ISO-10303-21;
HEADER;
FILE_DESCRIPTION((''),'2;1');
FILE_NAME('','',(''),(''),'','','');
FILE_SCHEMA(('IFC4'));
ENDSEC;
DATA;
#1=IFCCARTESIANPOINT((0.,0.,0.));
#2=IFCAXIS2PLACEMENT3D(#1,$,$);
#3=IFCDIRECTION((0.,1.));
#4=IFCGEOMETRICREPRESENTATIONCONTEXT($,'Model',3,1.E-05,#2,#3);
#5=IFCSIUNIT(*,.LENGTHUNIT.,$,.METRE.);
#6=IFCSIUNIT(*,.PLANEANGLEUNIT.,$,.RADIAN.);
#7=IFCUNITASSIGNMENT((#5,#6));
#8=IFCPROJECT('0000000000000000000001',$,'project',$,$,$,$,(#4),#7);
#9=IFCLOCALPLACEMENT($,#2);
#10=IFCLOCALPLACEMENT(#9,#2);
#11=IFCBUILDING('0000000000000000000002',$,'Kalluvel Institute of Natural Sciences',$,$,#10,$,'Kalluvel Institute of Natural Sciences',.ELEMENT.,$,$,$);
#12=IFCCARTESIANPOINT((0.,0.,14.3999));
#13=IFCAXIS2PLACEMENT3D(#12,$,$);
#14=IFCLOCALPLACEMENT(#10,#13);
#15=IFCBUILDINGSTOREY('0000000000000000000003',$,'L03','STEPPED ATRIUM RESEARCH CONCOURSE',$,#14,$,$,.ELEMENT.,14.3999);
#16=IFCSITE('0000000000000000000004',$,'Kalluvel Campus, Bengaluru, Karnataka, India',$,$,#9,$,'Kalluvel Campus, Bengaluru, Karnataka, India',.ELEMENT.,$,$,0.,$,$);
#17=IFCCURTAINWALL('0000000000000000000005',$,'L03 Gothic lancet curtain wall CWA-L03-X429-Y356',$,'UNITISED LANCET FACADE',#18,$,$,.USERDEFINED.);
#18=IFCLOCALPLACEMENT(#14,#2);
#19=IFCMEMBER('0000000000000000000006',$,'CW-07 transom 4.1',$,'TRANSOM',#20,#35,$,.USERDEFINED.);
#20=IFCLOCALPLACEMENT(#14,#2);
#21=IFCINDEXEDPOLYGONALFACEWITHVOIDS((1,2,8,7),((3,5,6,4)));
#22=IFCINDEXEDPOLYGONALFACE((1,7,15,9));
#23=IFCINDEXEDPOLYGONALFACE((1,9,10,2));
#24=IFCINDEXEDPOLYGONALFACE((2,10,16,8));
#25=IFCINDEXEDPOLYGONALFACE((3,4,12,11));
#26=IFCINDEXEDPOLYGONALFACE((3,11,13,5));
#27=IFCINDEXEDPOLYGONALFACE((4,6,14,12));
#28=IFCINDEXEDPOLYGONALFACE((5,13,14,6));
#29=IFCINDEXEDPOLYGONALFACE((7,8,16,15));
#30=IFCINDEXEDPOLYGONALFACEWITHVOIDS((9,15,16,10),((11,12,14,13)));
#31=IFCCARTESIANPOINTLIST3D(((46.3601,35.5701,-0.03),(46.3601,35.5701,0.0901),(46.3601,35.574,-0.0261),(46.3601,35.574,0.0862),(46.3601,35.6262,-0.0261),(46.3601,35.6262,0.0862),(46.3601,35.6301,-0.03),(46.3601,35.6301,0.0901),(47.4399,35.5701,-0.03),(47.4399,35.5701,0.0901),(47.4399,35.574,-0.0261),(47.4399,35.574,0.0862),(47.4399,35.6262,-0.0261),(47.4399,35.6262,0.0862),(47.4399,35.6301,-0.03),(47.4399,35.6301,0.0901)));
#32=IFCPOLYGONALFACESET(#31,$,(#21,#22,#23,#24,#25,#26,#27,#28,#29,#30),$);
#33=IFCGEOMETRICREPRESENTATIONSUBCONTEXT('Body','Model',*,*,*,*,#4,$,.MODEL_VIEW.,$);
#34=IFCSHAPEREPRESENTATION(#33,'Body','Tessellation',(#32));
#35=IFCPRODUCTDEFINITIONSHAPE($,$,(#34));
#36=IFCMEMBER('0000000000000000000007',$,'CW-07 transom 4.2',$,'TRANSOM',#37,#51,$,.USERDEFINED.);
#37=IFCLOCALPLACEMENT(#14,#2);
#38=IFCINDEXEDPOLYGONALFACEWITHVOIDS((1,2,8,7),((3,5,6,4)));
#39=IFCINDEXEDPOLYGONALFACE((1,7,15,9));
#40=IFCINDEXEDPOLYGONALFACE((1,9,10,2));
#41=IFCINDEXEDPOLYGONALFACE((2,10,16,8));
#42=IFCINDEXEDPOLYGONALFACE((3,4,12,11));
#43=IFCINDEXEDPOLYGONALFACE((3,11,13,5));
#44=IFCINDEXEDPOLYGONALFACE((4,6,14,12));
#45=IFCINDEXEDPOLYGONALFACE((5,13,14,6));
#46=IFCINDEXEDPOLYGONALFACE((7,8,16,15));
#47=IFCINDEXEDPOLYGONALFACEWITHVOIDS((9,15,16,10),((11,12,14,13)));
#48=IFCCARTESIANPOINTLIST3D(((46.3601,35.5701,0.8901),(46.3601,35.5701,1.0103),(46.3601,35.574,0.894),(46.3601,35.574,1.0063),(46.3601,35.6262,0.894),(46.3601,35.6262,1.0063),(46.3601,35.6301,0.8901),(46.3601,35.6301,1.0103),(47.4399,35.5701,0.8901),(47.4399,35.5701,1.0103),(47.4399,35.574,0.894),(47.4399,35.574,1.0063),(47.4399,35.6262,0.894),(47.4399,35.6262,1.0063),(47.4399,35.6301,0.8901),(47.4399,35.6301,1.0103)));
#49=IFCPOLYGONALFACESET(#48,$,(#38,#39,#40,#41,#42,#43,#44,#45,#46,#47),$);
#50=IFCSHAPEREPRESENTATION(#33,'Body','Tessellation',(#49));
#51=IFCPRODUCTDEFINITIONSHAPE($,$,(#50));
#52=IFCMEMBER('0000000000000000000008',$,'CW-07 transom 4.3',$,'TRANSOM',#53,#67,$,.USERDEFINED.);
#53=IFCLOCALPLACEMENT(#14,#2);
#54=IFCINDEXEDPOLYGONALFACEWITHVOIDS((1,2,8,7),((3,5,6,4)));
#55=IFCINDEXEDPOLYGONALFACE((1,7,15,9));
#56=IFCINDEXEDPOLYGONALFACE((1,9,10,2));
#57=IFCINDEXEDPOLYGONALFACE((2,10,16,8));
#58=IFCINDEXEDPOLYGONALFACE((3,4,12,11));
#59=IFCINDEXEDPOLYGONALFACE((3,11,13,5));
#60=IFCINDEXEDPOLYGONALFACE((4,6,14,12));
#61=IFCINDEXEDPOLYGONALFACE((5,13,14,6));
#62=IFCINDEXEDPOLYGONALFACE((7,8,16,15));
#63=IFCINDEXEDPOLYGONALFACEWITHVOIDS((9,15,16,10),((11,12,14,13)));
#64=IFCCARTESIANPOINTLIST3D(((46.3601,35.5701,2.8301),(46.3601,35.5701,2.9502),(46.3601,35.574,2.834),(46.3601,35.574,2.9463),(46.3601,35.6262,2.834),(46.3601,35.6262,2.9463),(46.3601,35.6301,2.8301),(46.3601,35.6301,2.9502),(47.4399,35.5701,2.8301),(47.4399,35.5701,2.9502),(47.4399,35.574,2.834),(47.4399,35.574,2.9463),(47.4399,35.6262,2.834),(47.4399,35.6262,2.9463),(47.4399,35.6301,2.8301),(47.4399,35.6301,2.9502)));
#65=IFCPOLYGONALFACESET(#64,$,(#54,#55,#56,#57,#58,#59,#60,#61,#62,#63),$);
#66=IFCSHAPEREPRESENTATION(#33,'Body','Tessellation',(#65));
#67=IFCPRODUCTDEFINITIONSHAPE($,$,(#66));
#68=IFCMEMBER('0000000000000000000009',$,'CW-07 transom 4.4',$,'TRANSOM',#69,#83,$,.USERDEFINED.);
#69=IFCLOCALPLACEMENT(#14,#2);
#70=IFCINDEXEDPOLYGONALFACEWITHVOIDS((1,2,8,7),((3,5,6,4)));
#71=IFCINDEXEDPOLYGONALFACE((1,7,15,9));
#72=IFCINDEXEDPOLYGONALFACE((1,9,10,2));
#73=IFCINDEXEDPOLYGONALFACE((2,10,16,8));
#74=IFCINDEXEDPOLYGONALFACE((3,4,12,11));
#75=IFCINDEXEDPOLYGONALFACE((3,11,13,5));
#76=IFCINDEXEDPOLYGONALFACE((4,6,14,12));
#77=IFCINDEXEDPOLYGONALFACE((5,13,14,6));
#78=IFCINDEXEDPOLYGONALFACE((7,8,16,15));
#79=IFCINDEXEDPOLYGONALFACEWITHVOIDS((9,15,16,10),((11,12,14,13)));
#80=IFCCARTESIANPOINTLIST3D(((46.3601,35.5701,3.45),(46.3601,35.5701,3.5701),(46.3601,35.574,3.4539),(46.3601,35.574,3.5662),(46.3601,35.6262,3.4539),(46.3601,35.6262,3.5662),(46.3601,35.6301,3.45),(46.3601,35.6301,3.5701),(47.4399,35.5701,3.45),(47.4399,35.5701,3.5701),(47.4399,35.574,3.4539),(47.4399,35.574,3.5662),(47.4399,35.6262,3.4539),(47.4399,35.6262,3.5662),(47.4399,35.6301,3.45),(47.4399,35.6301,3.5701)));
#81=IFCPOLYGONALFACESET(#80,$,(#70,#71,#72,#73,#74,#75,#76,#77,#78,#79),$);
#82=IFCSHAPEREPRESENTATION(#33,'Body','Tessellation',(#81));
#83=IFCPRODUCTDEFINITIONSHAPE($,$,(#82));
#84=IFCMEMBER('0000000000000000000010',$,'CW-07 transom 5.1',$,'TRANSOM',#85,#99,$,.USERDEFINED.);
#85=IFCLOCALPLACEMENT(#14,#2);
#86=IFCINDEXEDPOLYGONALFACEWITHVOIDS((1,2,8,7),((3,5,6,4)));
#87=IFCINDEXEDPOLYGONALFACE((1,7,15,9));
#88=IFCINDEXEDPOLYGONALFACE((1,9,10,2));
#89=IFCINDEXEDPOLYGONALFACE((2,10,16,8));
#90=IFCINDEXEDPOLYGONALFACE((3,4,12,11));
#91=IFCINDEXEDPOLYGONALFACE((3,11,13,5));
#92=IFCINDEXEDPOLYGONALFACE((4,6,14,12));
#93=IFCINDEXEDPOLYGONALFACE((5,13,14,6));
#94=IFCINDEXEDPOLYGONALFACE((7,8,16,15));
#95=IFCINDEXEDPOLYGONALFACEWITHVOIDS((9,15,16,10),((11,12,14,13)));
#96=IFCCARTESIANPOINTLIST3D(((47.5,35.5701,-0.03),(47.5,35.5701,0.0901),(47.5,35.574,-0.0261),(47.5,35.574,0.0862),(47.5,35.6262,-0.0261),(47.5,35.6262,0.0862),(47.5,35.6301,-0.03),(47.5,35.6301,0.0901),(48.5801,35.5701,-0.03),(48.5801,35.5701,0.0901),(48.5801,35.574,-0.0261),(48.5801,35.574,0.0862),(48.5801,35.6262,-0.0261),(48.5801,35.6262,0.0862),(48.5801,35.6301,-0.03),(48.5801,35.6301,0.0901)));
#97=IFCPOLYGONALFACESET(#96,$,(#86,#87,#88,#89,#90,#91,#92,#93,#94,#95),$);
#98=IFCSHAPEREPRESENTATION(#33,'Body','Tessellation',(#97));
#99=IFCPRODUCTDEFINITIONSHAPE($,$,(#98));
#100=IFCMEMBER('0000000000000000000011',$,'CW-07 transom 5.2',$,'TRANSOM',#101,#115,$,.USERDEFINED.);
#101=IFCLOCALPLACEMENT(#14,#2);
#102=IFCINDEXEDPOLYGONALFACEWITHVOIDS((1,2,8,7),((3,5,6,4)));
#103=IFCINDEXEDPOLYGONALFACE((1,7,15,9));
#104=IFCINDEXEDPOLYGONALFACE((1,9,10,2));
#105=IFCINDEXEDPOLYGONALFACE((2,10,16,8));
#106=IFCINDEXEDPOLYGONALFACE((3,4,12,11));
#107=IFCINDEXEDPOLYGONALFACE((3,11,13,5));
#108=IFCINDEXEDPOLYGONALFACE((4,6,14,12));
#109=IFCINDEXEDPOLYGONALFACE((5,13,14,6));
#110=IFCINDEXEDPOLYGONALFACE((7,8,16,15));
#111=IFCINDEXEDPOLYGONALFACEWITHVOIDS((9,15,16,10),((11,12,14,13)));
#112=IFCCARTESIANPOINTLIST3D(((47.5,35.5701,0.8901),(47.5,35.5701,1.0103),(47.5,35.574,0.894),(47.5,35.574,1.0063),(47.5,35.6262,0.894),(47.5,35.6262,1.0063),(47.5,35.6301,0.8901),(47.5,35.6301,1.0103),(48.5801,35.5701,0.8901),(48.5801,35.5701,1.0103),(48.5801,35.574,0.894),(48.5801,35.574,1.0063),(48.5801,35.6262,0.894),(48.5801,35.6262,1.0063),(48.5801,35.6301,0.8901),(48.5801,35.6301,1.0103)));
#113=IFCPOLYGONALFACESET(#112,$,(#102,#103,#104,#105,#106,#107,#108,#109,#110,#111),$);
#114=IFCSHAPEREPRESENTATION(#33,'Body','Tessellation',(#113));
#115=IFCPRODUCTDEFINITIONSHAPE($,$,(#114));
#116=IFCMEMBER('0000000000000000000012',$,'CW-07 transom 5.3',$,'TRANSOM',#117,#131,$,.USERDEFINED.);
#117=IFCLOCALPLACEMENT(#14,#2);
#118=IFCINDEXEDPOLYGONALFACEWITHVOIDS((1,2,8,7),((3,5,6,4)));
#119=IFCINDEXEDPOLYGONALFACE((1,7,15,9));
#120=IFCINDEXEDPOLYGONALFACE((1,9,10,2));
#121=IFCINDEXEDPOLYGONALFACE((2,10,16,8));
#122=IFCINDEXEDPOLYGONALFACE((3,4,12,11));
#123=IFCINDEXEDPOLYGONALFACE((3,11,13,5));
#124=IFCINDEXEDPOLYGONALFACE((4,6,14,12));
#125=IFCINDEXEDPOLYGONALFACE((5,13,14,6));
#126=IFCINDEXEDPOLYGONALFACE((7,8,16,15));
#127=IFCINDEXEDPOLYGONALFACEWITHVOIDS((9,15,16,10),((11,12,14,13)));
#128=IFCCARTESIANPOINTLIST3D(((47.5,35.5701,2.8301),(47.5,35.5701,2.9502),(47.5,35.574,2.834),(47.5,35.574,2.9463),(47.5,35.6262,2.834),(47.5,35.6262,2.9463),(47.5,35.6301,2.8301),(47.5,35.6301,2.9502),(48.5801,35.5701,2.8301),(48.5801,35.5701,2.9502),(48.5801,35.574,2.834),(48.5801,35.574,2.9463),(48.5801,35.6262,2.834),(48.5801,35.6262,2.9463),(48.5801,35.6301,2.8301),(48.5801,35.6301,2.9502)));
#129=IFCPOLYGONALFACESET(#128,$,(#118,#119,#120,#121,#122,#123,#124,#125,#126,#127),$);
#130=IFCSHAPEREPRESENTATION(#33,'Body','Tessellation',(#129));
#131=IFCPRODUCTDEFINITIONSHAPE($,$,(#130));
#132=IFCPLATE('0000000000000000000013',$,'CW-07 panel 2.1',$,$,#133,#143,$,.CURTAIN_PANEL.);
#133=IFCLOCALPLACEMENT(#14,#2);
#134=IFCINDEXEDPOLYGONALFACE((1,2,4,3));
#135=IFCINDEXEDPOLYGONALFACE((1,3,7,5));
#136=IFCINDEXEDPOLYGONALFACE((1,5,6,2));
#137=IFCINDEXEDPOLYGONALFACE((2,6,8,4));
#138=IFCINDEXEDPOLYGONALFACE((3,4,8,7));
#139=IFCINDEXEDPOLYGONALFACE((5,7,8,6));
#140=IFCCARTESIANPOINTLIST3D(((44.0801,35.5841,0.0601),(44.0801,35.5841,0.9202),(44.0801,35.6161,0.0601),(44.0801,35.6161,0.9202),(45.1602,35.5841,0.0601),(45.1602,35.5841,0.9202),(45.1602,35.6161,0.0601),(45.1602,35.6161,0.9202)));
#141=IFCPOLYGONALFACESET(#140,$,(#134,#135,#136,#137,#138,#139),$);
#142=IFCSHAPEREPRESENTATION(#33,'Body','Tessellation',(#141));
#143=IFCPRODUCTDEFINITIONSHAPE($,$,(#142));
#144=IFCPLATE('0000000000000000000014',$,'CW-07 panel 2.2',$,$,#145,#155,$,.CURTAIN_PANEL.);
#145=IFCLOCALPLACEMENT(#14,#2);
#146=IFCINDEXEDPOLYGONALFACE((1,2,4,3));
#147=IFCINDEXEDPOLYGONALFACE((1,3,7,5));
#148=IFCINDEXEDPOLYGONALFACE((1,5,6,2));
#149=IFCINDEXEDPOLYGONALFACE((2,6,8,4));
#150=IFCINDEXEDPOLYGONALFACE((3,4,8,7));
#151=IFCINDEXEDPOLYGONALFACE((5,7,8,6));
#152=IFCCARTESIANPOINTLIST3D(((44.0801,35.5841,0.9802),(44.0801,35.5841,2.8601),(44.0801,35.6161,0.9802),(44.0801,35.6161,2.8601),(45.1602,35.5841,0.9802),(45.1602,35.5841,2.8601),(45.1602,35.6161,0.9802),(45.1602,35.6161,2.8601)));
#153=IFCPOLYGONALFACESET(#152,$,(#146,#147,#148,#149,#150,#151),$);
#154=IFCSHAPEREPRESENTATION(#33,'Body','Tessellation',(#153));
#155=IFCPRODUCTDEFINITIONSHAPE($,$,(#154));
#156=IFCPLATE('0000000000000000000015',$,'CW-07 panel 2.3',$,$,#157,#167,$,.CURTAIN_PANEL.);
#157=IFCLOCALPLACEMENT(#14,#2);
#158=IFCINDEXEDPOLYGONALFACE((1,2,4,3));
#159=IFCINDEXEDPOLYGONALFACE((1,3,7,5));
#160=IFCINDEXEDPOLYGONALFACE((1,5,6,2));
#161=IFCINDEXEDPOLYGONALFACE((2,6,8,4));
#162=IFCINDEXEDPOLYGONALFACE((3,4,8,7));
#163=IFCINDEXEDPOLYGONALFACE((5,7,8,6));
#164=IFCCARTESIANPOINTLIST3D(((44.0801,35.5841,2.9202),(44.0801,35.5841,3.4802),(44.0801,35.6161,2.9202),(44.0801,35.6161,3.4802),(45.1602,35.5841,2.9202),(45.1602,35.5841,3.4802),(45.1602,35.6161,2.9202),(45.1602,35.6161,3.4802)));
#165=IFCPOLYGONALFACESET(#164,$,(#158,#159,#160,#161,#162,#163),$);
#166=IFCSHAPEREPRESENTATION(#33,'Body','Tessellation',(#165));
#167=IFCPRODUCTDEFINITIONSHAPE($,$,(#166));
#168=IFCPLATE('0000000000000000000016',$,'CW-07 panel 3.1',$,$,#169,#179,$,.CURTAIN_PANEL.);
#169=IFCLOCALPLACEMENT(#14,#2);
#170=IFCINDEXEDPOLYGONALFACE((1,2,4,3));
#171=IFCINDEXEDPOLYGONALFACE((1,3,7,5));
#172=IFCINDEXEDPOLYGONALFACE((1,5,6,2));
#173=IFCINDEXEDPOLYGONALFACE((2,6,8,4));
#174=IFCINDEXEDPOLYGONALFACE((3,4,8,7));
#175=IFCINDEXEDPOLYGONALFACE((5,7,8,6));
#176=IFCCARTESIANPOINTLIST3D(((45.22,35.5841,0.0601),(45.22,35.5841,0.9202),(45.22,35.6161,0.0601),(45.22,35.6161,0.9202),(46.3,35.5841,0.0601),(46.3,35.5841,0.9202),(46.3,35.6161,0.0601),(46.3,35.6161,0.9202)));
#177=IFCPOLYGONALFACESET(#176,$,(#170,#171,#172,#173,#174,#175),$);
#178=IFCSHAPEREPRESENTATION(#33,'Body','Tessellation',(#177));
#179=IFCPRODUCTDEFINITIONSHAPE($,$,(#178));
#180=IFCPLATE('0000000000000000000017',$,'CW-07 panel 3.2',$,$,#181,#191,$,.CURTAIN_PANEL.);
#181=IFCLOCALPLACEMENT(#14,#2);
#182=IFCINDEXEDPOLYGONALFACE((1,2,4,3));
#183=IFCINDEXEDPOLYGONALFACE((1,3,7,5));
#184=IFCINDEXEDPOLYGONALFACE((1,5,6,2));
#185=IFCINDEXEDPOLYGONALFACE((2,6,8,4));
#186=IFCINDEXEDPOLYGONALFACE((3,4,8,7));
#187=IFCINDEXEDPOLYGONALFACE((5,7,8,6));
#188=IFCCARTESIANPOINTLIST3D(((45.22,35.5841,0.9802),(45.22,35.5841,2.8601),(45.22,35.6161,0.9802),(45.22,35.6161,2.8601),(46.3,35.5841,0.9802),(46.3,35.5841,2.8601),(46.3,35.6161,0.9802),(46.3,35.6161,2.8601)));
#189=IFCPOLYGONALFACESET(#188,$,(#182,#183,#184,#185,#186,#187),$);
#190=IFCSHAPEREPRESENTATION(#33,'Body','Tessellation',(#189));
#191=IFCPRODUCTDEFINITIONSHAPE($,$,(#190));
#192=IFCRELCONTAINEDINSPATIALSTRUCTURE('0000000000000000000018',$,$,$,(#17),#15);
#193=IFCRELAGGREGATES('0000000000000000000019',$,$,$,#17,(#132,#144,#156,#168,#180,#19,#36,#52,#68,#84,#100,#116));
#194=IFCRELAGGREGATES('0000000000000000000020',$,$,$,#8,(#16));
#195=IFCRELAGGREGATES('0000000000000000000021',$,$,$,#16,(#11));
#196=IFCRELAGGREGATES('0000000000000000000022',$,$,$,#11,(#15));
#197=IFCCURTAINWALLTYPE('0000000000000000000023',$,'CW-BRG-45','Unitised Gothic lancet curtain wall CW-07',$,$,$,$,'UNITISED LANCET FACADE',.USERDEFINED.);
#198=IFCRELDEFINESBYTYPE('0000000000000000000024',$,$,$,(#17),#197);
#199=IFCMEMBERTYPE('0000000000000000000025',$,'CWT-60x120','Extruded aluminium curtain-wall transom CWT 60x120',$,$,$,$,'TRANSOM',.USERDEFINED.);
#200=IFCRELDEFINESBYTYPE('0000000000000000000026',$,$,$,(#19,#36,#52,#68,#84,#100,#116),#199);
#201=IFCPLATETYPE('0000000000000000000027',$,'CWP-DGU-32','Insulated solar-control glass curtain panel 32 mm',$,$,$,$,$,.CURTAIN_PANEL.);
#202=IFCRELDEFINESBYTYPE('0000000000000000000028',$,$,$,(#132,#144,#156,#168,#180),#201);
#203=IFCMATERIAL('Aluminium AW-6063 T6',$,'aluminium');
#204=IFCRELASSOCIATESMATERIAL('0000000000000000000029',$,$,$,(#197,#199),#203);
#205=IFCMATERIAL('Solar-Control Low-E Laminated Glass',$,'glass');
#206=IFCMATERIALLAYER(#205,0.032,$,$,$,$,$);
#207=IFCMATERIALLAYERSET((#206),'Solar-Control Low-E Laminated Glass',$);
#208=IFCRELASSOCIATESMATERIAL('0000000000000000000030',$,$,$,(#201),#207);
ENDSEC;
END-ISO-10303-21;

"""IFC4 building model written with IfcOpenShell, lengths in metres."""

from ifc_helpers import new_model, si_unit, direction, frame, origin, origin_2d, place, context, subcontext, project, spatial, rectangle, hollow_rectangle, extrude, material, layer, layer_set, material_profile, profile_set, type_object, element, aggregate, save


model = new_model("IFC4")

# Units and contexts
model_context = context("Model", 3, precision=1e-05, world=origin(), true_north=direction((0.0, 1.0)))
body_context = subcontext(model_context, "Body", "Model", "MODEL_VIEW")
ifc_project = project(units=[si_unit("LENGTHUNIT", "METRE"), si_unit("PLANEANGLEUNIT", "RADIAN")], contexts=[model_context])

# Site, building, storey
site_placement = place(None, origin())
site = spatial("IfcSite", under=ifc_project, at=site_placement, Name="Kalluvel Campus, Bengaluru, Karnataka, India", LongName="Kalluvel Campus, Bengaluru, Karnataka, India", CompositionType="ELEMENT", RefElevation=0.0)
building_placement = place(site_placement, origin())
building = spatial("IfcBuilding", under=site, at=building_placement, Name="Kalluvel Institute of Natural Sciences", LongName="Kalluvel Institute of Natural Sciences", CompositionType="ELEMENT")
storey_placement = place(building_placement, frame((0.0, 0.0, 14.3999)))
storey = spatial("IfcBuildingStorey", under=building, at=storey_placement, Name="L03", Description="STEPPED ATRIUM RESEARCH CONCOURSE", CompositionType="ELEMENT", Elevation=14.3999)

# Curtain wall, members, plates
ifc_material_1 = material(Name="Aluminium AW-6063 T6", Category="aluminium")
curtain_wall_type = type_object("IfcCurtainWallType", Name="CW-BRG-45", Description="Unitised Gothic lancet curtain wall CW-07", ElementType="UNITISED LANCET FACADE", PredefinedType="USERDEFINED", material=ifc_material_1)
curtain_wall_placement = place(storey_placement, origin())
curtain_wall = element("IfcCurtainWall", 1, at=curtain_wall_placement, inside=storey, type_object=curtain_wall_type, Name="L03 Gothic lancet curtain wall CWA-L03-X429-Y356", ObjectType="UNITISED LANCET FACADE", PredefinedType="USERDEFINED")
ifc_material_profile_1 = material_profile(ifc_material_1, hollow_rectangle(XDim=0.0601, YDim=0.1201, WallThickness=0.0039, at=origin_2d()), Name="CWT 60x120")
ifc_profile_set_1 = profile_set([ifc_material_profile_1], Name="Aluminium AW-6063 T6")
member_type_1 = type_object("IfcMemberType", Name="CWT-60x120", Description="Extruded aluminium curtain-wall transom CWT 60x120", ElementType="TRANSOM", PredefinedType="USERDEFINED", material=ifc_profile_set_1)
member_1_placement = place(storey_placement, frame((46.3601, 35.6001, 0.03), z_axis=(1.0, 0.0, 0.0), x_axis=(0.0, 1.0, 0.0)))
member_1 = element("IfcMember", 2, at=member_1_placement, type_object=member_type_1, Name="CW-07 transom 4.1", ObjectType="TRANSOM", PredefinedType="USERDEFINED", context=body_context, shape_type="SweptSolid", body=[
    extrude(hollow_rectangle(XDim=0.0601, YDim=0.1201, WallThickness=0.0039, at=origin_2d()), origin(), (0.0, 0.0, 1.0), 1.0798),
])
member_2_placement = place(storey_placement, frame((46.3601, 35.6001, 0.9502), z_axis=(1.0, 0.0, 0.0), x_axis=(0.0, 1.0, 0.0)))
member_2 = element("IfcMember", 3, at=member_2_placement, type_object=member_type_1, Name="CW-07 transom 4.2", ObjectType="TRANSOM", PredefinedType="USERDEFINED", context=body_context, shape_type="SweptSolid", body=[
    extrude(hollow_rectangle(XDim=0.0601, YDim=0.1201, WallThickness=0.0039, at=origin_2d()), origin(), (0.0, 0.0, 1.0), 1.0798),
])
member_3_placement = place(storey_placement, frame((46.3601, 35.6001, 2.8901), z_axis=(1.0, 0.0, 0.0), x_axis=(0.0, 1.0, 0.0)))
member_3 = element("IfcMember", 4, at=member_3_placement, type_object=member_type_1, Name="CW-07 transom 4.3", ObjectType="TRANSOM", PredefinedType="USERDEFINED", context=body_context, shape_type="SweptSolid", body=[
    extrude(hollow_rectangle(XDim=0.0601, YDim=0.1201, WallThickness=0.0039, at=origin_2d()), origin(), (0.0, 0.0, 1.0), 1.0798),
])
member_4_placement = place(storey_placement, frame((46.3601, 35.6001, 3.51), z_axis=(1.0, 0.0, 0.0), x_axis=(0.0, 1.0, 0.0)))
member_4 = element("IfcMember", 5, at=member_4_placement, type_object=member_type_1, Name="CW-07 transom 4.4", ObjectType="TRANSOM", PredefinedType="USERDEFINED", context=body_context, shape_type="SweptSolid", body=[
    extrude(hollow_rectangle(XDim=0.0601, YDim=0.1201, WallThickness=0.0039, at=origin_2d()), origin(), (0.0, 0.0, 1.0), 1.0798),
])
member_5_placement = place(storey_placement, frame((47.5, 35.6001, 0.03), z_axis=(1.0, 0.0, 0.0), x_axis=(0.0, 1.0, 0.0)))
member_5 = element("IfcMember", 6, at=member_5_placement, type_object=member_type_1, Name="CW-07 transom 5.1", ObjectType="TRANSOM", PredefinedType="USERDEFINED", context=body_context, shape_type="SweptSolid", body=[
    extrude(hollow_rectangle(XDim=0.0601, YDim=0.1201, WallThickness=0.0039, at=origin_2d()), origin(), (0.0, 0.0, 1.0), 1.0801),
])
member_6_placement = place(storey_placement, frame((47.5, 35.6001, 0.9502), z_axis=(1.0, 0.0, 0.0), x_axis=(0.0, 1.0, 0.0)))
member_6 = element("IfcMember", 7, at=member_6_placement, type_object=member_type_1, Name="CW-07 transom 5.2", ObjectType="TRANSOM", PredefinedType="USERDEFINED", context=body_context, shape_type="SweptSolid", body=[
    extrude(hollow_rectangle(XDim=0.0601, YDim=0.1201, WallThickness=0.0039, at=origin_2d()), origin(), (0.0, 0.0, 1.0), 1.0801),
])
member_7_placement = place(storey_placement, frame((47.5, 35.6001, 2.8901), z_axis=(1.0, 0.0, 0.0), x_axis=(0.0, 1.0, 0.0)))
member_7 = element("IfcMember", 8, at=member_7_placement, type_object=member_type_1, Name="CW-07 transom 5.3", ObjectType="TRANSOM", PredefinedType="USERDEFINED", context=body_context, shape_type="SweptSolid", body=[
    extrude(hollow_rectangle(XDim=0.0601, YDim=0.1201, WallThickness=0.0039, at=origin_2d()), origin(), (0.0, 0.0, 1.0), 1.0801),
])
ifc_material_2 = material(Name="Solar-Control Low-E Laminated Glass", Category="glass")
ifc_layer = layer(ifc_material_2, 0.032)
ifc_layer_set = layer_set([ifc_layer], Name="Solar-Control Low-E Laminated Glass")
plate_type = type_object("IfcPlateType", Name="CWP-DGU-32", Description="Insulated solar-control glass curtain panel 32 mm", PredefinedType="CURTAIN_PANEL", material=ifc_layer_set)
plate_1_placement = place(storey_placement, frame((44.6201, 35.6001, 0.0601), z_axis=(0.0, 0.0, 1.0), x_axis=(1.0, 0.0, 0.0)))
plate_1 = element("IfcPlate", 9, at=plate_1_placement, type_object=plate_type, Name="CW-07 panel 2.1", PredefinedType="CURTAIN_PANEL", context=body_context, shape_type="SweptSolid", body=[
    extrude(rectangle(XDim=1.0801, YDim=0.032, at=origin_2d()), origin(), (0.0, 0.0, 1.0), 0.8601),
])
plate_2_placement = place(storey_placement, frame((44.6201, 35.6001, 0.9802), z_axis=(0.0, 0.0, 1.0), x_axis=(1.0, 0.0, 0.0)))
plate_2 = element("IfcPlate", 10, at=plate_2_placement, type_object=plate_type, Name="CW-07 panel 2.2", PredefinedType="CURTAIN_PANEL", context=body_context, shape_type="SweptSolid", body=[
    extrude(rectangle(XDim=1.0801, YDim=0.032, at=origin_2d()), origin(), (0.0, 0.0, 1.0), 1.8799),
])
plate_3_placement = place(storey_placement, frame((44.6201, 35.6001, 2.9202), z_axis=(0.0, 0.0, 1.0), x_axis=(1.0, 0.0, 0.0)))
plate_3 = element("IfcPlate", 11, at=plate_3_placement, type_object=plate_type, Name="CW-07 panel 2.3", PredefinedType="CURTAIN_PANEL", context=body_context, shape_type="SweptSolid", body=[
    extrude(rectangle(XDim=1.0801, YDim=0.032, at=origin_2d()), origin(), (0.0, 0.0, 1.0), 0.5601),
])
plate_4_placement = place(storey_placement, frame((45.76, 35.6001, 0.0601), z_axis=(0.0, 0.0, 1.0), x_axis=(1.0, 0.0, 0.0)))
plate_4 = element("IfcPlate", 12, at=plate_4_placement, type_object=plate_type, Name="CW-07 panel 3.1", PredefinedType="CURTAIN_PANEL", context=body_context, shape_type="SweptSolid", body=[
    extrude(rectangle(XDim=1.0801, YDim=0.032, at=origin_2d()), origin(), (0.0, 0.0, 1.0), 0.8601),
])
plate_5_placement = place(storey_placement, frame((45.76, 35.6001, 0.9802), z_axis=(0.0, 0.0, 1.0), x_axis=(1.0, 0.0, 0.0)))
plate_5 = element("IfcPlate", 13, at=plate_5_placement, type_object=plate_type, Name="CW-07 panel 3.2", PredefinedType="CURTAIN_PANEL", context=body_context, shape_type="SweptSolid", body=[
    extrude(rectangle(XDim=1.0801, YDim=0.032, at=origin_2d()), origin(), (0.0, 0.0, 1.0), 1.8799),
])
aggregate(curtain_wall, [plate_1, plate_2, plate_3, plate_4, plate_5, member_1, member_2, member_3, member_4, member_5, member_6, member_7])

save(model, "model.ifc")
